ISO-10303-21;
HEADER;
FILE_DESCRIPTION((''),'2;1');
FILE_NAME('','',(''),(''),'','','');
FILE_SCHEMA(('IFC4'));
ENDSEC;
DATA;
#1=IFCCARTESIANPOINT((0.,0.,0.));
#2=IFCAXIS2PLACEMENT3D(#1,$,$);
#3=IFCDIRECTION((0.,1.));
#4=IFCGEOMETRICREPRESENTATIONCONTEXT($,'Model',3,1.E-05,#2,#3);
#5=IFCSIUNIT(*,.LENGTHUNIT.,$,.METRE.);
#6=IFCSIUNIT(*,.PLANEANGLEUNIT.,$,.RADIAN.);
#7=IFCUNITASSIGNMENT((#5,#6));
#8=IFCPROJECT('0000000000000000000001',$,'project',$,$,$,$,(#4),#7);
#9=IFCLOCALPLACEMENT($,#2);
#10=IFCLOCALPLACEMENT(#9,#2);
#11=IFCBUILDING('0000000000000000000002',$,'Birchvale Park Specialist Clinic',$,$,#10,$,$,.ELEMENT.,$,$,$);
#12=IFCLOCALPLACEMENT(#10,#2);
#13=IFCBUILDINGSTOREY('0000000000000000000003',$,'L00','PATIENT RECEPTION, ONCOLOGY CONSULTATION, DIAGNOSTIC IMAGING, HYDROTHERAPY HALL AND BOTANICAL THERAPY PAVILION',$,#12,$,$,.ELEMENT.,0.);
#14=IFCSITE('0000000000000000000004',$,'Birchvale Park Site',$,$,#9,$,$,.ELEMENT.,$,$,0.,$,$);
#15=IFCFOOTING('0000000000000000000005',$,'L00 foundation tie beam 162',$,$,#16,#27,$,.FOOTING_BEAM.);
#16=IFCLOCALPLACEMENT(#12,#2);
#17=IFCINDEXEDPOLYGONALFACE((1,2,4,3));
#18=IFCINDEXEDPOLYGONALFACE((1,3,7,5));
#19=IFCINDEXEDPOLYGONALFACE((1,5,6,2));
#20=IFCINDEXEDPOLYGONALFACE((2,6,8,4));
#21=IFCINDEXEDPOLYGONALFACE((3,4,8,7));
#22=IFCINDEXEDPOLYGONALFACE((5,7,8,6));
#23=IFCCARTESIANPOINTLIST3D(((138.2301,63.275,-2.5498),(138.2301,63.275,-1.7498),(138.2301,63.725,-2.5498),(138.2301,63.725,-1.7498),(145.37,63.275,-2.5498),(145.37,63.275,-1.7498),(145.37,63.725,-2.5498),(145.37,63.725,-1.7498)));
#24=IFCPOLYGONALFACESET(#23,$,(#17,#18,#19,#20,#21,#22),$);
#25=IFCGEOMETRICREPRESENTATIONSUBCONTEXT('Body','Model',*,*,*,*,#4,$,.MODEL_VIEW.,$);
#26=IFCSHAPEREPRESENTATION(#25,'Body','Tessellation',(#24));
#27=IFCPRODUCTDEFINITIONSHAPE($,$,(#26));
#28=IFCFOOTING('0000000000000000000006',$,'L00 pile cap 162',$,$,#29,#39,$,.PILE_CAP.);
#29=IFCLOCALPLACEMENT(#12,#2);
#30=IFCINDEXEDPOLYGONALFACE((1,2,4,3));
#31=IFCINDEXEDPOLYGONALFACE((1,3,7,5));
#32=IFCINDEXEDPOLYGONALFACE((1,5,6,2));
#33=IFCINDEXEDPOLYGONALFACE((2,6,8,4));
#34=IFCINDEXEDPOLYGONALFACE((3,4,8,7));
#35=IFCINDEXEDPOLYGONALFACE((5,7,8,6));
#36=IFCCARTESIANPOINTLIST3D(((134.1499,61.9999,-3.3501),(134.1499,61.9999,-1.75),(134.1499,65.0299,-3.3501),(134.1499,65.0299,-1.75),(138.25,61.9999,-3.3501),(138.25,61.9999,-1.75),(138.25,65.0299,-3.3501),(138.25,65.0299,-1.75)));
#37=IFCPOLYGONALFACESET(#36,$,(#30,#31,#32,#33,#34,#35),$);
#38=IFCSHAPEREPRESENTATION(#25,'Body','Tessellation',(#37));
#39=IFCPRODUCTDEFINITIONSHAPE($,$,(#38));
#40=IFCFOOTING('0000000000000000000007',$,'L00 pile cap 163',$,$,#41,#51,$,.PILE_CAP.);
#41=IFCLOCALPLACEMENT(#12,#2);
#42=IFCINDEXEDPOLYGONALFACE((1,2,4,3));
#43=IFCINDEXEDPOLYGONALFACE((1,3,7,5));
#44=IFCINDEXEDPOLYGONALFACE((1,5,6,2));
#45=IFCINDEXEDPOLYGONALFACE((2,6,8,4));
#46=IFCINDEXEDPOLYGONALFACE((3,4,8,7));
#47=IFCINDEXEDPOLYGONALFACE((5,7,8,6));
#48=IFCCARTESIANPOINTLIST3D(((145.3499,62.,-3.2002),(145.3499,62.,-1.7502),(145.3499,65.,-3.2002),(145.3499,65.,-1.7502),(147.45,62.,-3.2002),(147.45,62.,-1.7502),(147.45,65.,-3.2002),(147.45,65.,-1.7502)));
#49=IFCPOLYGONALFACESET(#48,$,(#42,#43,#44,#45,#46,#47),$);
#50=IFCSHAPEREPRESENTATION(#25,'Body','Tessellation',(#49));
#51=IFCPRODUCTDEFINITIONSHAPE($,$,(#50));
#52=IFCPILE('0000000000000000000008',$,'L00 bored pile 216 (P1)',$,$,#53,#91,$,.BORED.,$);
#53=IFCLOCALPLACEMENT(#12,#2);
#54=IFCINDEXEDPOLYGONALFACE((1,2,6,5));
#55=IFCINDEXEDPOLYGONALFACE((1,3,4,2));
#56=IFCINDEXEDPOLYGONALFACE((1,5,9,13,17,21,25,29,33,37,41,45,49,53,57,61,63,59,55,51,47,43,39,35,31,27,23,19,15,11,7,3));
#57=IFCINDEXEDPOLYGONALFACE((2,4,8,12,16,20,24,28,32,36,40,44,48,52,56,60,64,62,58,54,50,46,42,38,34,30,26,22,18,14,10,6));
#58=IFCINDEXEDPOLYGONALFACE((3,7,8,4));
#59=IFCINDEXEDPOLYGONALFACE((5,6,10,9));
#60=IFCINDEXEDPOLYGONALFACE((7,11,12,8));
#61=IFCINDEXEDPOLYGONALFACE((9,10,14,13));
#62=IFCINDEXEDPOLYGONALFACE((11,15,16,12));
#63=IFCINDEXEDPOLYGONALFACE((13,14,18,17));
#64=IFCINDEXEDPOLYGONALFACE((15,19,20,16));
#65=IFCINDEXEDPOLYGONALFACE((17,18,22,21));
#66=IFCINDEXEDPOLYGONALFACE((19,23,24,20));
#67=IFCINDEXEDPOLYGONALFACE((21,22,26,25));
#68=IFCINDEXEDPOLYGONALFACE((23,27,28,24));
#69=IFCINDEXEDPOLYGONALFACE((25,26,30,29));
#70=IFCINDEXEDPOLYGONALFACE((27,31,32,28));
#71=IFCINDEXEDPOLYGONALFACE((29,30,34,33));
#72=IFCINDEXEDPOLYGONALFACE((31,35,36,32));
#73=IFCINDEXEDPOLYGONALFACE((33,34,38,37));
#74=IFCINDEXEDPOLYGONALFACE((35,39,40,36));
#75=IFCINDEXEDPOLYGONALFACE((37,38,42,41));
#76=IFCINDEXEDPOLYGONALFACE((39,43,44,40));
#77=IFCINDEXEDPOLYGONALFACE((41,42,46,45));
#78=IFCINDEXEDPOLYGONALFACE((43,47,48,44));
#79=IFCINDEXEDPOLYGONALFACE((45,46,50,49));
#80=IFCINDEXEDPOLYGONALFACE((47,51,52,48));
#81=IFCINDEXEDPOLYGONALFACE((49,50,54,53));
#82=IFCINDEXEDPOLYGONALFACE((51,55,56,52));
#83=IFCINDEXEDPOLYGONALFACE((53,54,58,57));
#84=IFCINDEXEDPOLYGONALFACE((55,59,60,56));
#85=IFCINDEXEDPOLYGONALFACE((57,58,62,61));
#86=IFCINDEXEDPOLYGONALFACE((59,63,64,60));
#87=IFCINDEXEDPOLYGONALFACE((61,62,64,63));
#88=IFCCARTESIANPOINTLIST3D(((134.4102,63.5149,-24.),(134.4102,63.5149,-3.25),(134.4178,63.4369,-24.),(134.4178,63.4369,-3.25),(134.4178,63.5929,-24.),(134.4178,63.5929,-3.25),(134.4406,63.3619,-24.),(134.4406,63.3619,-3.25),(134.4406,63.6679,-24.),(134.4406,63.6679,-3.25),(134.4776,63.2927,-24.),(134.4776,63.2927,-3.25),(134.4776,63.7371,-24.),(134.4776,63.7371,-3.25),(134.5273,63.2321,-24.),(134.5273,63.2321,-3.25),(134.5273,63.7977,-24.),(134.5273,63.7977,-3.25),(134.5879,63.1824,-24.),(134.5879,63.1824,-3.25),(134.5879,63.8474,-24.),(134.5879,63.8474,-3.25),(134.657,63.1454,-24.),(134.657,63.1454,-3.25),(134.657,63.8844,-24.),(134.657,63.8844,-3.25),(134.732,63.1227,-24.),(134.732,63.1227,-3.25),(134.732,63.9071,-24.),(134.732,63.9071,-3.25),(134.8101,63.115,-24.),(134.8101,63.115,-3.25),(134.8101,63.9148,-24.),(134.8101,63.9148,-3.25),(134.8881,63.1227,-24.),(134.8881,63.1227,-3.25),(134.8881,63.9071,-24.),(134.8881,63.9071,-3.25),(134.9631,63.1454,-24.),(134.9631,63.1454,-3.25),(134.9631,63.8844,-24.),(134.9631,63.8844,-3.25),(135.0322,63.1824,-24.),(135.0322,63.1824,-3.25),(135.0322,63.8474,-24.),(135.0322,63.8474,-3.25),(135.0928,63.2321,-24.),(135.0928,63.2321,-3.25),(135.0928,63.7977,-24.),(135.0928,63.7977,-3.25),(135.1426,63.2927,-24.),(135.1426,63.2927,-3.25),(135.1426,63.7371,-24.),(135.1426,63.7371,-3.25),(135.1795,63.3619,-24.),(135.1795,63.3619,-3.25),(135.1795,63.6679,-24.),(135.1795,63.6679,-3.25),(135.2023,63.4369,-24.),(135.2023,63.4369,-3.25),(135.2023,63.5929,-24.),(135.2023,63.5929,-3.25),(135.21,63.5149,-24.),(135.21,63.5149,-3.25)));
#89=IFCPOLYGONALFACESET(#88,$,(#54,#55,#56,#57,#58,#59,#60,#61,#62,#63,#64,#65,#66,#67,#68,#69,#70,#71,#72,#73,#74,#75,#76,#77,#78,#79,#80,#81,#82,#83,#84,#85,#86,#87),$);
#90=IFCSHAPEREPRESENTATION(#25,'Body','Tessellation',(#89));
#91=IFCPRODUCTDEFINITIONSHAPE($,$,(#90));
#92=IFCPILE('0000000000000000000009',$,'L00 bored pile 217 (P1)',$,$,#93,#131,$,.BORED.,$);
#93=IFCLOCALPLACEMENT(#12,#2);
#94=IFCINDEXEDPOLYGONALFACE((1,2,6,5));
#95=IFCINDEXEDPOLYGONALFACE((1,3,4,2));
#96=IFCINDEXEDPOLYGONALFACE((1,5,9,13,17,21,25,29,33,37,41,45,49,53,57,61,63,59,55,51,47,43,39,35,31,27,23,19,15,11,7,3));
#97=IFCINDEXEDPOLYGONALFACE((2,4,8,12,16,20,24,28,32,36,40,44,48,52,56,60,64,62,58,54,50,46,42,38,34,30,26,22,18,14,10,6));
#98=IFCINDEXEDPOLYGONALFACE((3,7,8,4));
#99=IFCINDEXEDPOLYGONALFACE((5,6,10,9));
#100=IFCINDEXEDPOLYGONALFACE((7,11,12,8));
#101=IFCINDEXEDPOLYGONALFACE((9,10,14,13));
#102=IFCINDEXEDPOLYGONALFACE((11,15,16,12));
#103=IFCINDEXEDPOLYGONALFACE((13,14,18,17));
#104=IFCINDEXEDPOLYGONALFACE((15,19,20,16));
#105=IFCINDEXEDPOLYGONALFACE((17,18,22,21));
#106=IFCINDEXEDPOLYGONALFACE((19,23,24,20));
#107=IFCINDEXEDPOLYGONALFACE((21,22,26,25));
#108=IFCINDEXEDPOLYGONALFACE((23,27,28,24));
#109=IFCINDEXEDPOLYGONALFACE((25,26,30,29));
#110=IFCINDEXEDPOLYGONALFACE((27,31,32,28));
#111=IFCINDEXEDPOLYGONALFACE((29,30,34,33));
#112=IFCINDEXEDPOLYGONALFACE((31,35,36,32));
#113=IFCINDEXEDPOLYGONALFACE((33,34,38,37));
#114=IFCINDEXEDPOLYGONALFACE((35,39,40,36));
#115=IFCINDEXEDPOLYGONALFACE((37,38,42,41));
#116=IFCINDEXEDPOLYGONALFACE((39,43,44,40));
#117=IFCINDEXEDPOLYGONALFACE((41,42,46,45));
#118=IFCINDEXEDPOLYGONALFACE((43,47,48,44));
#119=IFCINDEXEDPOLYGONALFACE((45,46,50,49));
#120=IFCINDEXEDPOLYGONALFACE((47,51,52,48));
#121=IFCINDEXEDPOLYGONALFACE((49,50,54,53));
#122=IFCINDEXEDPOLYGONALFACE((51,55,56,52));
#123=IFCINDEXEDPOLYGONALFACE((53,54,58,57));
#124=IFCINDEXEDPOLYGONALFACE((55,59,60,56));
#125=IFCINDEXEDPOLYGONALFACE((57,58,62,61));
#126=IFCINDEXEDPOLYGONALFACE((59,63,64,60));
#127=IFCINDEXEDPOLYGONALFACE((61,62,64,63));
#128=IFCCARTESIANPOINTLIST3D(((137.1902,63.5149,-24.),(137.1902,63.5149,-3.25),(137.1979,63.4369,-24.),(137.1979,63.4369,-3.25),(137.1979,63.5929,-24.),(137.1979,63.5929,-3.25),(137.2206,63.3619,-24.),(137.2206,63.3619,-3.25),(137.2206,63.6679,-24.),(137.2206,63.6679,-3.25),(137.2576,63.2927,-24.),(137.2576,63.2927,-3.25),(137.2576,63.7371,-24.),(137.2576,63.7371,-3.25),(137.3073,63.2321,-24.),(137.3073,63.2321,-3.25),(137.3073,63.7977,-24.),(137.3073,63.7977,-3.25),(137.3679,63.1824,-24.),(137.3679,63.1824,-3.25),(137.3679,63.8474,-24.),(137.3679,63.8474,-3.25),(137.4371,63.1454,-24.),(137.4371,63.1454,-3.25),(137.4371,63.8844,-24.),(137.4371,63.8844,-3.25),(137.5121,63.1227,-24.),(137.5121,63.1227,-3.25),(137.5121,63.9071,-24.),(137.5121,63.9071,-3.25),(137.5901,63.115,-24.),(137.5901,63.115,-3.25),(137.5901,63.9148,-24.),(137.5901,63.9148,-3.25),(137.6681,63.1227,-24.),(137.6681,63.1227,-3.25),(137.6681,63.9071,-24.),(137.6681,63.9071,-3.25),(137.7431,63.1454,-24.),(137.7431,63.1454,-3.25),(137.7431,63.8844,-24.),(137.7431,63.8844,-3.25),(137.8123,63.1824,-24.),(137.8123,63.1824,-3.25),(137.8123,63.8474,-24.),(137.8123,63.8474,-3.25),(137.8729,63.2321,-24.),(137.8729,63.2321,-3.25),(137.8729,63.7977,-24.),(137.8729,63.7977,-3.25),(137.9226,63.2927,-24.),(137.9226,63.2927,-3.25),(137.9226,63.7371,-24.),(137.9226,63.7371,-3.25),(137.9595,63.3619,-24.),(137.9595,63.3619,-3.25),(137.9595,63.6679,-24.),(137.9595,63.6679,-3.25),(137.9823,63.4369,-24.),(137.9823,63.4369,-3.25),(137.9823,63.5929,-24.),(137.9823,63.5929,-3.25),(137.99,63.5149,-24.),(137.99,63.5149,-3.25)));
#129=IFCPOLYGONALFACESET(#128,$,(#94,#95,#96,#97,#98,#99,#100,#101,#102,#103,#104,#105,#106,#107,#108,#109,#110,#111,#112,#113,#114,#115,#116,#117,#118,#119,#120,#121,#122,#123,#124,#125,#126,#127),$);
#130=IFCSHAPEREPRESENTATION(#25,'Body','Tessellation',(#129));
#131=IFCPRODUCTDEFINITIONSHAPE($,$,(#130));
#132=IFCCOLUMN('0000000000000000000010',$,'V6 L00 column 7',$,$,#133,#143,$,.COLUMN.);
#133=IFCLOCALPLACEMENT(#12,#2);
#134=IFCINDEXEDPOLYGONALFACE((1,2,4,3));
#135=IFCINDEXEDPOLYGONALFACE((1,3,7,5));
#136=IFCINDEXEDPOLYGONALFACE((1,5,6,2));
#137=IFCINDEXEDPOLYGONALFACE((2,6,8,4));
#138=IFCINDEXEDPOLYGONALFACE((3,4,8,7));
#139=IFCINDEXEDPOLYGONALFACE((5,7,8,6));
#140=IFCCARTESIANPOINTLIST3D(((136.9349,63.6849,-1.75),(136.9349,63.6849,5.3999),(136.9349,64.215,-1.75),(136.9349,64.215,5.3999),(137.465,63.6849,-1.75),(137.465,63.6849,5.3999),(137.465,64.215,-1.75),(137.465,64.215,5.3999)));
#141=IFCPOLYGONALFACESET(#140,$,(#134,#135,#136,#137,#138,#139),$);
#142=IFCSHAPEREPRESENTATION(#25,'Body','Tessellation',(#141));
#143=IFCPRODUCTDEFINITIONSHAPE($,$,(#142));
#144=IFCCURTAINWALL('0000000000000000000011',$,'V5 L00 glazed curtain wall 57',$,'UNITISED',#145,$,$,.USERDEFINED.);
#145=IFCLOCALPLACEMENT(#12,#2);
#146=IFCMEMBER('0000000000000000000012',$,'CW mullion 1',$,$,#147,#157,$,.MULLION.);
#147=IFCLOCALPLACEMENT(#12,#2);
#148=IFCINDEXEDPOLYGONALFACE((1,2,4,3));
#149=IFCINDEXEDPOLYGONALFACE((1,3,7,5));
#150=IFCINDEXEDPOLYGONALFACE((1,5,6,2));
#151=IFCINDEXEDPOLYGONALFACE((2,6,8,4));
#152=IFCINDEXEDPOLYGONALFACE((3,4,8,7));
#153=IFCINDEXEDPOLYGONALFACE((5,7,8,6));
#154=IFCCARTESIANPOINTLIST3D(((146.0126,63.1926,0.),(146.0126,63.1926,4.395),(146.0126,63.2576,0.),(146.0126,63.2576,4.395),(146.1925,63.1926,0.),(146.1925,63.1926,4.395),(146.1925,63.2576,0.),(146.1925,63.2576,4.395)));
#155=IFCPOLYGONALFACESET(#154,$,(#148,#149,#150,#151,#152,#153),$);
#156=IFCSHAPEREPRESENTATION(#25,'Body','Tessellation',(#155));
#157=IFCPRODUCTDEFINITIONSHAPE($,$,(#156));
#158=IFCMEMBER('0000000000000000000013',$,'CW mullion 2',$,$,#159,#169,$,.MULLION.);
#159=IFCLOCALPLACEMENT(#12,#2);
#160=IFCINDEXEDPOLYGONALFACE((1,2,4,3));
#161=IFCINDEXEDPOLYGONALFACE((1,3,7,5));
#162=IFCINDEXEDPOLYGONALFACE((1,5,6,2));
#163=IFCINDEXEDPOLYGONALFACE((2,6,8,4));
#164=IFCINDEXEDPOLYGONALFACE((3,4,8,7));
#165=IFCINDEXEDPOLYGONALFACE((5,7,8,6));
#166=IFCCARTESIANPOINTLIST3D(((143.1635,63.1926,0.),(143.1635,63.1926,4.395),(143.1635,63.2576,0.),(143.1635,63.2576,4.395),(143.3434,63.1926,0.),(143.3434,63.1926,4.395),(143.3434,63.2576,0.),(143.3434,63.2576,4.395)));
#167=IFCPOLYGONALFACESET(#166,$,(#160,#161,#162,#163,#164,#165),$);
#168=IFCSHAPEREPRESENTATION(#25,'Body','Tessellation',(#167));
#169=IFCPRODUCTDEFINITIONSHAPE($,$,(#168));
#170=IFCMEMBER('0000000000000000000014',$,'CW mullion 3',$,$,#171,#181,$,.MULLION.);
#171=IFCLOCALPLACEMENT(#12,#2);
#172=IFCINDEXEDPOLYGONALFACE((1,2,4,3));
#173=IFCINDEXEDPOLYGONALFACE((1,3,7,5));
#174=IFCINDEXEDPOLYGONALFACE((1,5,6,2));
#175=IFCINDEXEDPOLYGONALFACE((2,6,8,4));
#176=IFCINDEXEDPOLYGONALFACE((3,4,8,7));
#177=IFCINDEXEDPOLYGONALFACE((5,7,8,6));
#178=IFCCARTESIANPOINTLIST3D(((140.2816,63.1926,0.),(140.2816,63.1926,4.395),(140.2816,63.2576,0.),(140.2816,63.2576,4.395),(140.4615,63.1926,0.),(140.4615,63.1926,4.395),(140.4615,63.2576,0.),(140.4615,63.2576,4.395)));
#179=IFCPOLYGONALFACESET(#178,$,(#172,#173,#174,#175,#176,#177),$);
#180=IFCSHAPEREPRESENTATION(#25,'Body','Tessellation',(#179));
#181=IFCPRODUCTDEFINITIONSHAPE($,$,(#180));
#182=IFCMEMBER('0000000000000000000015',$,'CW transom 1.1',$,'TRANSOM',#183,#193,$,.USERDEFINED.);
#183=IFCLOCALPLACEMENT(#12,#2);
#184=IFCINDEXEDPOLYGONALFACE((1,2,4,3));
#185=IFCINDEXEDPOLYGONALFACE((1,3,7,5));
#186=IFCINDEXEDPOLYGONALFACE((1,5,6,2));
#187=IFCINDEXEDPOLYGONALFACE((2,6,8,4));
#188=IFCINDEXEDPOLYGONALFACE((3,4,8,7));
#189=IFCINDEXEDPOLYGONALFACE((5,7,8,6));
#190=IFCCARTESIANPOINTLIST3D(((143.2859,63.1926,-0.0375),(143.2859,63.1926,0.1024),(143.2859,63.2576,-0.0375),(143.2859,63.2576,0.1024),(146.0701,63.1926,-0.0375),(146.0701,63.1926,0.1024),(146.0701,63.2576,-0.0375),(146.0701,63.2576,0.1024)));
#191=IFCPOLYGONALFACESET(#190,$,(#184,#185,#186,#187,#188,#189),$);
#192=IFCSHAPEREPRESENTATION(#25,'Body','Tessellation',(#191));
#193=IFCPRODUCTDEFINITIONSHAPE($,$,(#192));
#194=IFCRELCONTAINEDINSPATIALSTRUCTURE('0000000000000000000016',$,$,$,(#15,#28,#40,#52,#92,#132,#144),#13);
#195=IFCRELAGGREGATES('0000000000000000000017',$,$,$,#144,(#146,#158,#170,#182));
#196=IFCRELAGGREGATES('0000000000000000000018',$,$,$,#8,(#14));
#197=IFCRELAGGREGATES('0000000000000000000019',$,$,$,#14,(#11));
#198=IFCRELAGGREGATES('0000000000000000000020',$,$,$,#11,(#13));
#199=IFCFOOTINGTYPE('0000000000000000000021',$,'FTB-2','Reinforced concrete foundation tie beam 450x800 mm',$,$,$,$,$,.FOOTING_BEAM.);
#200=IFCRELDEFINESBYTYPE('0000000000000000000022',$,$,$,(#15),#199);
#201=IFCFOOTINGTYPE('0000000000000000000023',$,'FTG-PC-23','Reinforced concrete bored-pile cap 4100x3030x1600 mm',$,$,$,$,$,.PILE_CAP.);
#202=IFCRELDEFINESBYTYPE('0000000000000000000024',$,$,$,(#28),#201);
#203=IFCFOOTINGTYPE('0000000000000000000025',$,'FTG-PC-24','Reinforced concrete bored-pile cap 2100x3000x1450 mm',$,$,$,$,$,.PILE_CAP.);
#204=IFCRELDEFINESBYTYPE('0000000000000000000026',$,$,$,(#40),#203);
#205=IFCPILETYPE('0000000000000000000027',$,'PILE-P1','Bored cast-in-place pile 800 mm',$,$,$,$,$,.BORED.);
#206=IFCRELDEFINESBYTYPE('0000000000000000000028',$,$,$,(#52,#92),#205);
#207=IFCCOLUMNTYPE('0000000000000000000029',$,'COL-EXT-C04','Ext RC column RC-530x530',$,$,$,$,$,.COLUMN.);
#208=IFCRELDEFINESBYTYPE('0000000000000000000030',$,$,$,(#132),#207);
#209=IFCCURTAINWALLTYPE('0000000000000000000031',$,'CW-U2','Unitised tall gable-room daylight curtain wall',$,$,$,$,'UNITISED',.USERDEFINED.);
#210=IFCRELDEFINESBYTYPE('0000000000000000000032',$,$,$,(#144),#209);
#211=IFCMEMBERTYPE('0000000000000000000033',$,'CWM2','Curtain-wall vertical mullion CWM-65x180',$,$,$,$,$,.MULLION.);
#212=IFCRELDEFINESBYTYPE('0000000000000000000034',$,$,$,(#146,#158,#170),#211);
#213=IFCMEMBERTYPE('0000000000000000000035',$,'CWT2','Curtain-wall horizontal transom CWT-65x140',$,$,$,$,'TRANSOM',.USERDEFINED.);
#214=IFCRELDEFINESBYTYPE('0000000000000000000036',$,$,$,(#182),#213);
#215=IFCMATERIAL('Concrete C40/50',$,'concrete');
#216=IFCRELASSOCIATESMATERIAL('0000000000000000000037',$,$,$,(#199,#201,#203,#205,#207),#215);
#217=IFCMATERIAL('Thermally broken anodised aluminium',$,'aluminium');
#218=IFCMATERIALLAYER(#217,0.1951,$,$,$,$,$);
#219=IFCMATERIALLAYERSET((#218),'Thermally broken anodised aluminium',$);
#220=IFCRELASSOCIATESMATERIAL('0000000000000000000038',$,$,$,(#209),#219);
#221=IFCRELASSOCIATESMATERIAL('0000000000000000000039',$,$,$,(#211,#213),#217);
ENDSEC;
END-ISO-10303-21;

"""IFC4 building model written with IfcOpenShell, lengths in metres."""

from ifc_helpers import new_model, si_unit, direction, frame, origin, origin_2d, place, context, subcontext, project, spatial, rectangle, circle, extrude, material, layer, layer_set, material_profile, profile_set, type_object, element, aggregate, save


model = new_model("IFC4")

# Units and contexts
model_context = context("Model", 3, precision=1e-05, world=origin(), true_north=direction((0.0, 1.0)))
body_context = subcontext(model_context, "Body", "Model", "MODEL_VIEW")
ifc_project = project(units=[si_unit("LENGTHUNIT", "METRE"), si_unit("PLANEANGLEUNIT", "RADIAN")], contexts=[model_context])

# Site, building, storey
site_placement = place(None, origin())
site = spatial("IfcSite", under=ifc_project, at=site_placement, Name="Birchvale Park Site", CompositionType="ELEMENT", RefElevation=0.0)
building_placement = place(site_placement, origin())
building = spatial("IfcBuilding", under=site, at=building_placement, Name="Birchvale Park Specialist Clinic", CompositionType="ELEMENT")
storey_placement = place(building_placement, origin())
storey = spatial("IfcBuildingStorey", under=building, at=storey_placement, Name="L00", Description="PATIENT RECEPTION, ONCOLOGY CONSULTATION, DIAGNOSTIC IMAGING, HYDROTHERAPY HALL AND BOTANICAL THERAPY PAVILION", CompositionType="ELEMENT", Elevation=0.0)

# Footings
ifc_material_1 = material(Name="Concrete C40/50", Category="concrete")
footing_type_1 = type_object("IfcFootingType", Name="FTB-2", Description="Reinforced concrete foundation tie beam 450x800 mm", PredefinedType="FOOTING_BEAM", material=ifc_material_1)
footing_1_placement = place(storey_placement, frame((141.8, 63.5, -2.5498), z_axis=(0.0, 0.0, 1.0), x_axis=(1.0, 0.0, 0.0)))
element("IfcFooting", 1, at=footing_1_placement, inside=storey, type_object=footing_type_1, Name="L00 foundation tie beam 162", PredefinedType="FOOTING_BEAM", context=body_context, shape_type="SweptSolid", body=[
    extrude(rectangle(XDim=7.1399, YDim=0.45, at=origin_2d()), origin(), (0.0, 0.0, 1.0), 0.8),
])
footing_type_2 = type_object("IfcFootingType", Name="FTG-PC-23", Description="Reinforced concrete bored-pile cap 4100x3030x1600 mm", PredefinedType="PILE_CAP", material=ifc_material_1)
footing_2_placement = place(storey_placement, frame((136.2, 63.5149, -3.3501), z_axis=(0.0, 0.0, 1.0), x_axis=(1.0, 0.0, 0.0)))
element("IfcFooting", 2, at=footing_2_placement, inside=storey, type_object=footing_type_2, Name="L00 pile cap 162", PredefinedType="PILE_CAP", context=body_context, shape_type="SweptSolid", body=[
    extrude(rectangle(XDim=4.1001, YDim=3.03, at=origin_2d()), origin(), (0.0, 0.0, 1.0), 1.6001),
])
footing_type_3 = type_object("IfcFootingType", Name="FTG-PC-24", Description="Reinforced concrete bored-pile cap 2100x3000x1450 mm", PredefinedType="PILE_CAP", material=ifc_material_1)
footing_3_placement = place(storey_placement, frame((146.3999, 63.5, -3.2002), z_axis=(0.0, 0.0, 1.0), x_axis=(1.0, 0.0, 0.0)))
element("IfcFooting", 3, at=footing_3_placement, inside=storey, type_object=footing_type_3, Name="L00 pile cap 163", PredefinedType="PILE_CAP", context=body_context, shape_type="SweptSolid", body=[
    extrude(rectangle(XDim=2.1001, YDim=3.0, at=origin_2d()), origin(), (0.0, 0.0, 1.0), 1.45),
])

# Piles
ifc_material_profile_1 = material_profile(ifc_material_1, circle(Radius=0.3999, at=origin_2d()), Name="PILE-800")
ifc_profile_set_1 = profile_set([ifc_material_profile_1], Name="Concrete C40/50")
pile_type = type_object("IfcPileType", Name="PILE-P1", Description="Bored cast-in-place pile 800 mm", PredefinedType="BORED", material=ifc_profile_set_1)
for number, where, z_axis, x_axis, name in (
    (4, (134.8101, 63.5149, -3.25), (0.0, 0.0, -1.0), (1.0, 0.0, 0.0), "L00 bored pile 216 (P1)"),
    (5, (137.5901, 63.5149, -3.25), (0.0, 0.0, -1.0), (1.0, 0.0, 0.0), "L00 bored pile 217 (P1)"),
):
    element("IfcPile", number, at=place(storey_placement, frame(where, z_axis=z_axis, x_axis=x_axis)), inside=storey, type_object=pile_type, Name=name, PredefinedType="BORED", context=body_context, shape_type="SweptSolid", body=[
        extrude(circle(Radius=0.3999, at=origin_2d()), origin(), (0.0, 0.0, 1.0), 20.75),
    ])

# Column
ifc_material_profile_2 = material_profile(ifc_material_1, rectangle(XDim=0.53, YDim=0.53, at=origin_2d()), Name="RC-530x530")
ifc_profile_set_2 = profile_set([ifc_material_profile_2], Name="Concrete C40/50")
column_type = type_object("IfcColumnType", Name="COL-EXT-C04", Description="Ext RC column RC-530x530", PredefinedType="COLUMN", material=ifc_profile_set_2)
column_placement = place(storey_placement, frame((137.2, 63.95, -1.75), z_axis=(0.0, 0.0, 1.0), x_axis=(1.0, 0.0, 0.0)))
element("IfcColumn", 6, at=column_placement, inside=storey, type_object=column_type, Name="V6 L00 column 7", PredefinedType="COLUMN", context=body_context, shape_type="SweptSolid", body=[
    extrude(rectangle(XDim=0.53, YDim=0.53, at=origin_2d()), origin(), (0.0, 0.0, 1.0), 7.1499),
])

# Curtain wall, members
ifc_material_2 = material(Name="Thermally broken anodised aluminium", Category="aluminium")
ifc_layer_1 = layer(ifc_material_2, 0.1951)
ifc_layer_set_1 = layer_set([ifc_layer_1], Name="Thermally broken anodised aluminium")
curtain_wall_type = type_object("IfcCurtainWallType", Name="CW-U2", Description="Unitised tall gable-room daylight curtain wall", ElementType="UNITISED", PredefinedType="USERDEFINED", material=ifc_layer_set_1)
curtain_wall_placement = place(storey_placement, origin())
curtain_wall = element("IfcCurtainWall", 7, at=curtain_wall_placement, inside=storey, type_object=curtain_wall_type, Name="V5 L00 glazed curtain wall 57", ObjectType="UNITISED", PredefinedType="USERDEFINED")
ifc_material_profile_3 = material_profile(ifc_material_2, rectangle(XDim=0.0649, YDim=0.1799, at=origin_2d()), Name="CWM-65x180")
ifc_profile_set_3 = profile_set([ifc_material_profile_3], Name="Thermally broken anodised aluminium")
member_type_1 = type_object("IfcMemberType", Name="CWM2", Description="Curtain-wall vertical mullion CWM-65x180", PredefinedType="MULLION", material=ifc_profile_set_3)
member_1_placement = place(storey_placement, frame((146.1025, 63.2251, 0.0), z_axis=(0.0, 0.0, 1.0), x_axis=(0.0, -1.0, 0.0)))
member_1 = element("IfcMember", 8, at=member_1_placement, type_object=member_type_1, Name="CW mullion 1", PredefinedType="MULLION", context=body_context, shape_type="SweptSolid", body=[
    extrude(rectangle(XDim=0.0649, YDim=0.1799, at=origin_2d()), origin(), (0.0, 0.0, 1.0), 4.395),
])
member_2_placement = place(storey_placement, frame((143.2534, 63.2251, 0.0), z_axis=(0.0, 0.0, 1.0), x_axis=(0.0, -1.0, 0.0)))
member_2 = element("IfcMember", 9, at=member_2_placement, type_object=member_type_1, Name="CW mullion 2", PredefinedType="MULLION", context=body_context, shape_type="SweptSolid", body=[
    extrude(rectangle(XDim=0.0649, YDim=0.1799, at=origin_2d()), origin(), (0.0, 0.0, 1.0), 4.395),
])
member_3_placement = place(storey_placement, frame((140.3716, 63.2251, 0.0), z_axis=(0.0, 0.0, 1.0), x_axis=(0.0, -1.0, 0.0)))
member_3 = element("IfcMember", 10, at=member_3_placement, type_object=member_type_1, Name="CW mullion 3", PredefinedType="MULLION", context=body_context, shape_type="SweptSolid", body=[
    extrude(rectangle(XDim=0.0649, YDim=0.1799, at=origin_2d()), origin(), (0.0, 0.0, 1.0), 4.395),
])
ifc_material_profile_4 = material_profile(ifc_material_2, rectangle(XDim=0.0649, YDim=0.1399, at=origin_2d()), Name="CWT-65x140")
ifc_profile_set_4 = profile_set([ifc_material_profile_4], Name="Thermally broken anodised aluminium")
member_type_2 = type_object("IfcMemberType", Name="CWT2", Description="Curtain-wall horizontal transom CWT-65x140", ElementType="TRANSOM", PredefinedType="USERDEFINED", material=ifc_profile_set_4)
member_4_placement = place(storey_placement, frame((146.0701, 63.2251, 0.0325), z_axis=(-1.0, 0.0, 0.0), x_axis=(0.0, -1.0, 0.0)))
member_4 = element("IfcMember", 11, at=member_4_placement, type_object=member_type_2, Name="CW transom 1.1", ObjectType="TRANSOM", PredefinedType="USERDEFINED", context=body_context, shape_type="SweptSolid", body=[
    extrude(rectangle(XDim=0.0649, YDim=0.1399, at=origin_2d()), origin(), (0.0, 0.0, 1.0), 2.7842),
])
aggregate(curtain_wall, [member_1, member_2, member_3, member_4])

save(model, "model.ifc")
